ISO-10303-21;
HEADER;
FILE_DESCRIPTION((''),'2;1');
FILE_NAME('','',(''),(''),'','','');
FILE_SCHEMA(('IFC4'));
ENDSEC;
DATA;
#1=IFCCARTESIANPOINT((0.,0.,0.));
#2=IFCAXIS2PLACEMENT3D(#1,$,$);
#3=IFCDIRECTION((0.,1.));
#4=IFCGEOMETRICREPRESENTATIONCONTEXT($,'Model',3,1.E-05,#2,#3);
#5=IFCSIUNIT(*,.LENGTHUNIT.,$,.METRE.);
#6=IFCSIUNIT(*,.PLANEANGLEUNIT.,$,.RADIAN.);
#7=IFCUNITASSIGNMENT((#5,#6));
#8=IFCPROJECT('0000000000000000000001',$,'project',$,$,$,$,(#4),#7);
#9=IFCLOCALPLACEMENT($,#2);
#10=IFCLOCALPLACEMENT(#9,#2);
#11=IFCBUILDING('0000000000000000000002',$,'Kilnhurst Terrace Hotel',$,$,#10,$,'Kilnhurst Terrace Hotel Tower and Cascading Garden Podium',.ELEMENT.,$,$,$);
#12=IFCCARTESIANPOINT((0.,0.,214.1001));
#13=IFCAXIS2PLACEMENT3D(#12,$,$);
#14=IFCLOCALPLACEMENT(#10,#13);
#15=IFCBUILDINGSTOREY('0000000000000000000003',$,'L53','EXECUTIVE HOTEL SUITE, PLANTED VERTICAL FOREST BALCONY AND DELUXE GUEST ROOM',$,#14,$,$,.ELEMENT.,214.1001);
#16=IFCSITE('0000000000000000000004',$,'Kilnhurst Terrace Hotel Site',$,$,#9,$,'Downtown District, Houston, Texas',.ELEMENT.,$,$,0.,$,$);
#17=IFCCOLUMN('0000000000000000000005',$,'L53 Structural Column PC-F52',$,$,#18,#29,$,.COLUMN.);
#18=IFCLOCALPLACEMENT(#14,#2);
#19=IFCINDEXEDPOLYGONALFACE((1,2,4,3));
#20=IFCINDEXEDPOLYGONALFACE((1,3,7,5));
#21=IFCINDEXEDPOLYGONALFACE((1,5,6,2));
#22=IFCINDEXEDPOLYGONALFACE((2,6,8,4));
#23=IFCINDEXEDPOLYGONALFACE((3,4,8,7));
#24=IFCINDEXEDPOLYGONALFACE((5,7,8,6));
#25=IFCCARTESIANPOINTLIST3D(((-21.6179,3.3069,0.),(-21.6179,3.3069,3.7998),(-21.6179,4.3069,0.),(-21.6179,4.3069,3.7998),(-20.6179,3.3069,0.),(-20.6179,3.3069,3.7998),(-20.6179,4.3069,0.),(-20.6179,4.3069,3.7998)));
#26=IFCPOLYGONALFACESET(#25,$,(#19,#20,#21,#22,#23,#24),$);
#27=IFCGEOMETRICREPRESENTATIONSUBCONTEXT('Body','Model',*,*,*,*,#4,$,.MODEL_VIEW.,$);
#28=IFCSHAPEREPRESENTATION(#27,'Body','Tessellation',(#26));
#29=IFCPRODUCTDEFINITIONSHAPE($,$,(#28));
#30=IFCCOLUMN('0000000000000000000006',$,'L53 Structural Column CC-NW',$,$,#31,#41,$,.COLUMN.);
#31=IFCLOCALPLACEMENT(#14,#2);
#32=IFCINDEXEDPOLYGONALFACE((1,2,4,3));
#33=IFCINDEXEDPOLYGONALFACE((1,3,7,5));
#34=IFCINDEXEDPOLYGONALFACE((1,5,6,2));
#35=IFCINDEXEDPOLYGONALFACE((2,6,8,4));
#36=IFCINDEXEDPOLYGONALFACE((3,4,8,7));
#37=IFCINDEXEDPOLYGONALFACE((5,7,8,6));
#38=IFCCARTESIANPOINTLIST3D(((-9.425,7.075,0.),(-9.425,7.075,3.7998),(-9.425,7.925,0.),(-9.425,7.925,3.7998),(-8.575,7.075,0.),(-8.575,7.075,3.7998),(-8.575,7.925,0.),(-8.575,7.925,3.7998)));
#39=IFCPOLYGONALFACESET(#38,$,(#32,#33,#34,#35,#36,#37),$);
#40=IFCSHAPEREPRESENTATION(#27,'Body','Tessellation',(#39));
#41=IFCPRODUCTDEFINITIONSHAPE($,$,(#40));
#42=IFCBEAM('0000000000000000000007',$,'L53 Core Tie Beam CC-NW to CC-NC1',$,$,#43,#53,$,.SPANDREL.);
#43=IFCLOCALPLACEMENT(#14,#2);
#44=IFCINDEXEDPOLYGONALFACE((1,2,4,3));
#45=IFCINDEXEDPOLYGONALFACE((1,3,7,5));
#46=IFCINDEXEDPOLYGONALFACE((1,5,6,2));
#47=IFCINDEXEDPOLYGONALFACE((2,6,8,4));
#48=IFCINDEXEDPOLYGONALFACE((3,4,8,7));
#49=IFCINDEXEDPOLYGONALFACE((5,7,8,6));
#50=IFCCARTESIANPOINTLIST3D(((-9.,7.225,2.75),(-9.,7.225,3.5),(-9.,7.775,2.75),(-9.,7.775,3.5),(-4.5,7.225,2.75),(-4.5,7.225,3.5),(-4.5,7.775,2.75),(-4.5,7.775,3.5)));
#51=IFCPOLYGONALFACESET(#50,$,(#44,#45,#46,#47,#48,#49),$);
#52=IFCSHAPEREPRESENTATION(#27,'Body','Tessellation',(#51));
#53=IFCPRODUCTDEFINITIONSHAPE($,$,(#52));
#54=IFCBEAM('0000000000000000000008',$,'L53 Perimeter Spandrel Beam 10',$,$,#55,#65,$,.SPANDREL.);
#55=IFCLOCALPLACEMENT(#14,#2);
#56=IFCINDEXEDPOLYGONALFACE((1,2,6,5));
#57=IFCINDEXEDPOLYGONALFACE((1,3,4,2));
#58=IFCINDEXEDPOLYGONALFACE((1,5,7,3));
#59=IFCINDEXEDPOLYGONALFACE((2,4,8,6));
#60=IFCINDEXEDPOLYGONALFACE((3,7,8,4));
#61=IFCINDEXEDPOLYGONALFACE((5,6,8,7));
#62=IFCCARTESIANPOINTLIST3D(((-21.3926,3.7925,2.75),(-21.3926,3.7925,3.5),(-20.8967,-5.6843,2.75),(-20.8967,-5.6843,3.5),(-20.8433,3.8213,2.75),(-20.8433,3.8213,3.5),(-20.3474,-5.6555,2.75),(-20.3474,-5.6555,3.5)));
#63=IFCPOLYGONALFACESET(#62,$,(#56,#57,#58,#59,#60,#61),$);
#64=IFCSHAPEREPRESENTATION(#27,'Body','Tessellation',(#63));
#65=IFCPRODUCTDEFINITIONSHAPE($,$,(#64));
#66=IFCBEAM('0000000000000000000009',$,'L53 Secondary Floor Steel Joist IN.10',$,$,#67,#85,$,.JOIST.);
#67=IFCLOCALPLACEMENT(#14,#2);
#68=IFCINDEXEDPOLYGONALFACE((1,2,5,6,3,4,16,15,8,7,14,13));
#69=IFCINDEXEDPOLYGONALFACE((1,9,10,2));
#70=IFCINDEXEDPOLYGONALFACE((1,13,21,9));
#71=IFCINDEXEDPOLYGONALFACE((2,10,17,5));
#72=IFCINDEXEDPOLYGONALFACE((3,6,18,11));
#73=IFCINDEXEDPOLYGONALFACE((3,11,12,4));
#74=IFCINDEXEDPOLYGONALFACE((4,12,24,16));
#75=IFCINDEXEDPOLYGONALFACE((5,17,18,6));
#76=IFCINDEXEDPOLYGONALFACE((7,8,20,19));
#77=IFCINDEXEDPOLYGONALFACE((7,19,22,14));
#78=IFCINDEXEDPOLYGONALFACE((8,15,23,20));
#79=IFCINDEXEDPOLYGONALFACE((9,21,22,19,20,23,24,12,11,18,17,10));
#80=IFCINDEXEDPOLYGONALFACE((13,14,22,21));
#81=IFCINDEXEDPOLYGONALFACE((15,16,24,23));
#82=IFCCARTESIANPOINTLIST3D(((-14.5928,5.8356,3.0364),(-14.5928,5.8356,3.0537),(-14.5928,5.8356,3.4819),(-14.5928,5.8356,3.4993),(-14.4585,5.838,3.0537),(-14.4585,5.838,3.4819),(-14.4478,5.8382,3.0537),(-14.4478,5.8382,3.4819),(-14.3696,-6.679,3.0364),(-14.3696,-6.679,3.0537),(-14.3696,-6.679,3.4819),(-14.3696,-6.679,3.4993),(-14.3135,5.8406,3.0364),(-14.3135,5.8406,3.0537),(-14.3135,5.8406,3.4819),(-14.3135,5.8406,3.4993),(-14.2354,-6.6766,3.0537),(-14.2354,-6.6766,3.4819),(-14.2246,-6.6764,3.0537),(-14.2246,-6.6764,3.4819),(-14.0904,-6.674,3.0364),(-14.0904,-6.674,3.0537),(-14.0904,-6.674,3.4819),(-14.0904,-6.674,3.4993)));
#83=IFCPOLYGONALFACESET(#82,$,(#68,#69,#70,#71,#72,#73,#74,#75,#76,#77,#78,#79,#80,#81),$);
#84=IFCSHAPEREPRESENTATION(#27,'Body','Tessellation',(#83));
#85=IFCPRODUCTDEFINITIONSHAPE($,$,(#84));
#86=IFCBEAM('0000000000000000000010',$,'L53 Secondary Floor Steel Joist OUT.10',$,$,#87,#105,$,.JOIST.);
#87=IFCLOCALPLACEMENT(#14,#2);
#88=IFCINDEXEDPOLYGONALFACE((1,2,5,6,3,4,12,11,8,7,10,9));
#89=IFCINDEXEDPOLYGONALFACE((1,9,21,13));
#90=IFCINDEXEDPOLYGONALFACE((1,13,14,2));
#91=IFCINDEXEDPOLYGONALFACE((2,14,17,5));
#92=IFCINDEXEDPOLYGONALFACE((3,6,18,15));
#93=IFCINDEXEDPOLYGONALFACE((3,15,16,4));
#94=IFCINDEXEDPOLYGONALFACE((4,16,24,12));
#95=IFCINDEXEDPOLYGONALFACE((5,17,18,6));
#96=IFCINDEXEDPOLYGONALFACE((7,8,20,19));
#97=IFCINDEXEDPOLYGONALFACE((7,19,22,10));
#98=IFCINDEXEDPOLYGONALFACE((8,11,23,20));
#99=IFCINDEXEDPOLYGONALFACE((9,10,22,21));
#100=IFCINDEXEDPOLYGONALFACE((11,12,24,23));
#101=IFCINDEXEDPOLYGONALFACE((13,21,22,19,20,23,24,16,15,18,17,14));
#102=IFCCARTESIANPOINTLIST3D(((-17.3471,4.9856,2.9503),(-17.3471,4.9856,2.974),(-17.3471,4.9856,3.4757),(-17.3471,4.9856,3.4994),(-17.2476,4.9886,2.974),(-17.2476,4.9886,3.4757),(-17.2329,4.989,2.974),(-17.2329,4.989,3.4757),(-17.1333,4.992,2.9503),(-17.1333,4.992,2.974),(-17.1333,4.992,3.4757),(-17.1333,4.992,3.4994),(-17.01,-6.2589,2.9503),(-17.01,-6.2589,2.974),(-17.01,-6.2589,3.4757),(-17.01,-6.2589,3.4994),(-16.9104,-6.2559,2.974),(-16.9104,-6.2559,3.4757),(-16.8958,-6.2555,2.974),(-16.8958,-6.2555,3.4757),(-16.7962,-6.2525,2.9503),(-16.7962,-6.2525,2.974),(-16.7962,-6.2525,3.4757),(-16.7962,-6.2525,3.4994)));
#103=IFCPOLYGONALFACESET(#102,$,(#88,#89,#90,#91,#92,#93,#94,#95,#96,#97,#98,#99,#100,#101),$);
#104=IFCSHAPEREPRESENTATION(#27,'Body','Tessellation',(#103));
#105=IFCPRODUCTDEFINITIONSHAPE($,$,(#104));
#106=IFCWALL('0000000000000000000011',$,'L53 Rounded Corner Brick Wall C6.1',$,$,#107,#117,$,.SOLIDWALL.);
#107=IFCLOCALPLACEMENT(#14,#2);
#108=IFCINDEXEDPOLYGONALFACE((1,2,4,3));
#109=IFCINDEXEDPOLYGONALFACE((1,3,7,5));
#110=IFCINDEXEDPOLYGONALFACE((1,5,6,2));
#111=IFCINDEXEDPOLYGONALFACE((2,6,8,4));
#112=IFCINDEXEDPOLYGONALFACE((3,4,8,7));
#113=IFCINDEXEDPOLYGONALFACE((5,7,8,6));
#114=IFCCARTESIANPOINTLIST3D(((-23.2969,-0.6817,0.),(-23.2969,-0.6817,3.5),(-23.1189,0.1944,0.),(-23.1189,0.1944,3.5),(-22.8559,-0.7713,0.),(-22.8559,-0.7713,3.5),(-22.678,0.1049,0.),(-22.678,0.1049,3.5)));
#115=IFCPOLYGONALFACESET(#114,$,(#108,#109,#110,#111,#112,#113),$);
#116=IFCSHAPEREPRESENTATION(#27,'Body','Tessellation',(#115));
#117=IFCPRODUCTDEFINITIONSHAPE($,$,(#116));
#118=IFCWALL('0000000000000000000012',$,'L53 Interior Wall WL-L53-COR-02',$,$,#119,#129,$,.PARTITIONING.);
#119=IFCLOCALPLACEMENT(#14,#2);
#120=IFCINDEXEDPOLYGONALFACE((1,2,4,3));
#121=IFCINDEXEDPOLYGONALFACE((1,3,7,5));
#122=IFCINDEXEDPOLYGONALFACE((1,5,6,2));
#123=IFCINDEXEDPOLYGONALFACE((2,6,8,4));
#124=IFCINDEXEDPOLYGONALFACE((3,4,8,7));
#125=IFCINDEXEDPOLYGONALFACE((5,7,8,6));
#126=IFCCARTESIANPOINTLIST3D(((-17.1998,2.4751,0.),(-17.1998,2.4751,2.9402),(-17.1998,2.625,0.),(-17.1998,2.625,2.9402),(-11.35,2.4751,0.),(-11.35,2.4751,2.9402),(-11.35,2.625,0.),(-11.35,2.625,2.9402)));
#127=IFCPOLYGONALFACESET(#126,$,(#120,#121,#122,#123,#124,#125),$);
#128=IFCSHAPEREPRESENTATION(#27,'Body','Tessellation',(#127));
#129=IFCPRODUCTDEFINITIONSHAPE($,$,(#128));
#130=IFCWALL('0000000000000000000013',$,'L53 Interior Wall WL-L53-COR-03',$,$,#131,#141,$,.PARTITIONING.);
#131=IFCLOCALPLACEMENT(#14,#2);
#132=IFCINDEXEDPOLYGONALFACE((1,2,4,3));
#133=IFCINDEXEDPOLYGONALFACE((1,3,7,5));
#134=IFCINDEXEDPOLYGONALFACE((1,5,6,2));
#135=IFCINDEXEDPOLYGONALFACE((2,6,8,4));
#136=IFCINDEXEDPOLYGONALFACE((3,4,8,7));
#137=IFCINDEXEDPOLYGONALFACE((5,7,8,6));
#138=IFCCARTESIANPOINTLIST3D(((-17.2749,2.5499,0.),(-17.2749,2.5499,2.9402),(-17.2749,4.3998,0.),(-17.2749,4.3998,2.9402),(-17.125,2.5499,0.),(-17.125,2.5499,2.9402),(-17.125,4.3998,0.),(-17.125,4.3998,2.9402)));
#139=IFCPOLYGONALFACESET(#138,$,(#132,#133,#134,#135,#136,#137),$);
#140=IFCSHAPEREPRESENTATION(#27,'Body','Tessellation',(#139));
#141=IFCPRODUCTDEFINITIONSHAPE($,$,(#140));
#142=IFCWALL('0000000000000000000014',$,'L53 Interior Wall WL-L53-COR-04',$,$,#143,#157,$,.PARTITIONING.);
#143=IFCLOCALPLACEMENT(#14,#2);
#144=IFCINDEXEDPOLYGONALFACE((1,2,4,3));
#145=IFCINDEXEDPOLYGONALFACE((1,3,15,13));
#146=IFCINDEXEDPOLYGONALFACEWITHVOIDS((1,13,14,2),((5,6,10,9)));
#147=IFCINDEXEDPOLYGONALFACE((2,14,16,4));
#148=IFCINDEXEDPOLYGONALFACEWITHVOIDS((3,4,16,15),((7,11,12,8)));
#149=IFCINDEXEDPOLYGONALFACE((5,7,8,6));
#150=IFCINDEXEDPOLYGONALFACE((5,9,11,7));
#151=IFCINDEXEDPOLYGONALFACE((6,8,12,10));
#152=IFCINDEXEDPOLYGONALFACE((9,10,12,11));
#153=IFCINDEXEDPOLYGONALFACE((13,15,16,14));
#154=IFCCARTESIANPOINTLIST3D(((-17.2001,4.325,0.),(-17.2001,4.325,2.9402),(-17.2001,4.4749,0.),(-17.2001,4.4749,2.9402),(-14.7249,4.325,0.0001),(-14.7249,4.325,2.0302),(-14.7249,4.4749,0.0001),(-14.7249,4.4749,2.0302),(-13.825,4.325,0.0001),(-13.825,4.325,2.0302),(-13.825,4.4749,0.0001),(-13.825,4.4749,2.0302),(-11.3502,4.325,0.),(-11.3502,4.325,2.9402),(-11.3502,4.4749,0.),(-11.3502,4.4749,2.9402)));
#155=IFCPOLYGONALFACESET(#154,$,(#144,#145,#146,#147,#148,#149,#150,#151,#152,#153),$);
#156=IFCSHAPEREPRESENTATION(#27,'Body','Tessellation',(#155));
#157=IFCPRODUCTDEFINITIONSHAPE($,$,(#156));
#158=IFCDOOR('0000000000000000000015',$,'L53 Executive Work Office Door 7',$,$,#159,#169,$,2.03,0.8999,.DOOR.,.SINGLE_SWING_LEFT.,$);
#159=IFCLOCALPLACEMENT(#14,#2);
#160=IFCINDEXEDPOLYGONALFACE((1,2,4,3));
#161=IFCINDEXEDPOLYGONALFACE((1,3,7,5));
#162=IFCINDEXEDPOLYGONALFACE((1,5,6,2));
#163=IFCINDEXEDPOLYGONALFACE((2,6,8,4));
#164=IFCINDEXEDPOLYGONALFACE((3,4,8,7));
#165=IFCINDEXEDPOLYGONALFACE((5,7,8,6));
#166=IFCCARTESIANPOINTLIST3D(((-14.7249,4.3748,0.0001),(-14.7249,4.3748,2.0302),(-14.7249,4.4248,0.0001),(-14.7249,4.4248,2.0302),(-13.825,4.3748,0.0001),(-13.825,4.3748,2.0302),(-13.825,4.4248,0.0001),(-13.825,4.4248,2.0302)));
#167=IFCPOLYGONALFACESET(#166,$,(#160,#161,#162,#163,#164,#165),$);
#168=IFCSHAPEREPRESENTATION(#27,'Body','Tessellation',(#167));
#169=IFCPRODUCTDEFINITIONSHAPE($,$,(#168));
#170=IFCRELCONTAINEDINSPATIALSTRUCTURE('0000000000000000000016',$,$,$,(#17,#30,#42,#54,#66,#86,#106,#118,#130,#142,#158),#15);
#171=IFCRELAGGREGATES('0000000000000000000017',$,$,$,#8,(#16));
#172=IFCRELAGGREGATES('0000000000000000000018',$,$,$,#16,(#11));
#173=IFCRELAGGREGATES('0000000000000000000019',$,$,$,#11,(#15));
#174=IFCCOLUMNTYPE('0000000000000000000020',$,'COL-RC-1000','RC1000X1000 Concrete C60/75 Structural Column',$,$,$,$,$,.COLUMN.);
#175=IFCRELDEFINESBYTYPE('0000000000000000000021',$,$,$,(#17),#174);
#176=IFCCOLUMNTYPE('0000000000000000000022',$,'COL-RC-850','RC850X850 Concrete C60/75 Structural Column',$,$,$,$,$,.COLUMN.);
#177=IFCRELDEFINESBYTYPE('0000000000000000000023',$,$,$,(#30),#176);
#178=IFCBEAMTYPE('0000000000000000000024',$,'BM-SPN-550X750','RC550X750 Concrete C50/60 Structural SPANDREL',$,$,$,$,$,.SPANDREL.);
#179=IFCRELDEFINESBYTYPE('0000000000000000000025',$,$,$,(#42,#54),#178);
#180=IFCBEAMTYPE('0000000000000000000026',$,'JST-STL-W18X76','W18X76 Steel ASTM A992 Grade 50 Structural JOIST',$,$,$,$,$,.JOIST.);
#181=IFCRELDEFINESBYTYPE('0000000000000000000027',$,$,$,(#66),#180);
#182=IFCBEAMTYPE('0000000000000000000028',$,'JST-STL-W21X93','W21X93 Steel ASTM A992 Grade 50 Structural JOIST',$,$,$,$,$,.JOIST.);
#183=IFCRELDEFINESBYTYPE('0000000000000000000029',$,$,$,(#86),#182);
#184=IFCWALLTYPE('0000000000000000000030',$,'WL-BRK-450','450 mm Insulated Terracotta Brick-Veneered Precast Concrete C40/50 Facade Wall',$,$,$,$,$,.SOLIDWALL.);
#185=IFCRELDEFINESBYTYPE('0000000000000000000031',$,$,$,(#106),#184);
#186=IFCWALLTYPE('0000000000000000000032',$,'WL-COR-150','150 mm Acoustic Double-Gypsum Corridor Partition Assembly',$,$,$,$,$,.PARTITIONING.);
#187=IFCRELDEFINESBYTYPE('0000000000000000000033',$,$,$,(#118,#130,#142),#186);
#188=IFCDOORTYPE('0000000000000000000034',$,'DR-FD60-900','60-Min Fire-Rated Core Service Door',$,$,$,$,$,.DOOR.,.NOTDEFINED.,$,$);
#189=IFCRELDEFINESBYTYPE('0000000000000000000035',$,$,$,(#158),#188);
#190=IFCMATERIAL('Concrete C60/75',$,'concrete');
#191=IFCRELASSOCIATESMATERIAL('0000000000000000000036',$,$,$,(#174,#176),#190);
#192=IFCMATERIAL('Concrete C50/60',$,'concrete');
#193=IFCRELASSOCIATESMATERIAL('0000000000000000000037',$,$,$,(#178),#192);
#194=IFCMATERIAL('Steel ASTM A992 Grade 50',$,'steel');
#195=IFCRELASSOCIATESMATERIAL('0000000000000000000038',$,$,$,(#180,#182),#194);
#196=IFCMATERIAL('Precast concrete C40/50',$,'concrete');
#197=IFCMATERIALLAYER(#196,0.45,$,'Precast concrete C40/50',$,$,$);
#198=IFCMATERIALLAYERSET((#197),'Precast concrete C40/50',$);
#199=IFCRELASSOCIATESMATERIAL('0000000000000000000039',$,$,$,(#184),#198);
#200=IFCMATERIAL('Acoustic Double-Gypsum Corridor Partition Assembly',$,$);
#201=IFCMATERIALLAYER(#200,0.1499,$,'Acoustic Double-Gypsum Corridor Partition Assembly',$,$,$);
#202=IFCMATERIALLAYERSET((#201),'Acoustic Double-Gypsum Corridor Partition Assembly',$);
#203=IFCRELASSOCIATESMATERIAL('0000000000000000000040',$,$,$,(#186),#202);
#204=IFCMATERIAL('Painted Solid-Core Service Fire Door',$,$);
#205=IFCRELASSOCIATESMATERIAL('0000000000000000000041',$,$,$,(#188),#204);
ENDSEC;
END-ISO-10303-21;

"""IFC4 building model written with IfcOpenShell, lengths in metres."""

from ifc_helpers import new_model, si_unit, direction, frame, frame_2d, origin, origin_2d, place, context, subcontext, project, spatial, rectangle, i_section, extrude, material, layer, layer_set, material_profile, profile_set, type_object, element, fill, save


model = new_model("IFC4")

# Units and contexts
model_context = context("Model", 3, precision=1e-05, world=origin(), true_north=direction((0.0, 1.0)))
body_context = subcontext(model_context, "Body", "Model", "MODEL_VIEW")
ifc_project = project(units=[si_unit("LENGTHUNIT", "METRE"), si_unit("PLANEANGLEUNIT", "RADIAN")], contexts=[model_context])

# Site, building, storey
site_placement = place(None, origin())
site = spatial("IfcSite", under=ifc_project, at=site_placement, Name="Kilnhurst Terrace Hotel Site", LongName="Downtown District, Houston, Texas", CompositionType="ELEMENT", RefElevation=0.0)
building_placement = place(site_placement, origin())
building = spatial("IfcBuilding", under=site, at=building_placement, Name="Kilnhurst Terrace Hotel", LongName="Kilnhurst Terrace Hotel Tower and Cascading Garden Podium", CompositionType="ELEMENT")
storey_placement = place(building_placement, frame((0.0, 0.0, 214.1001)))
storey = spatial("IfcBuildingStorey", under=building, at=storey_placement, Name="L53", Description="EXECUTIVE HOTEL SUITE, PLANTED VERTICAL FOREST BALCONY AND DELUXE GUEST ROOM", CompositionType="ELEMENT", Elevation=214.1001)

# Columns
ifc_material_1 = material(Name="Concrete C60/75", Category="concrete")
ifc_material_profile_1 = material_profile(ifc_material_1, rectangle(XDim=1.0, YDim=1.0, at=origin_2d()), Name="RC1000X1000")
ifc_profile_set_1 = profile_set([ifc_material_profile_1], Name="Concrete C60/75")
column_type_1 = type_object("IfcColumnType", Name="COL-RC-1000", Description="RC1000X1000 Concrete C60/75 Structural Column", PredefinedType="COLUMN", material=ifc_profile_set_1)
column_1_placement = place(storey_placement, frame((-21.1179, 3.8069, 0.0), z_axis=(0.0, 0.0, 1.0), x_axis=(1.0, 0.0, 0.0)))
element("IfcColumn", 1, at=column_1_placement, inside=storey, type_object=column_type_1, Name="L53 Structural Column PC-F52", PredefinedType="COLUMN", context=body_context, shape_type="SweptSolid", body=[
    extrude(rectangle(XDim=1.0, YDim=1.0, at=origin_2d()), origin(), (0.0, 0.0, 1.0), 3.7998),
])
ifc_material_profile_2 = material_profile(ifc_material_1, rectangle(XDim=0.8501, YDim=0.8501, at=origin_2d()), Name="RC850X850")
ifc_profile_set_2 = profile_set([ifc_material_profile_2], Name="Concrete C60/75")
column_type_2 = type_object("IfcColumnType", Name="COL-RC-850", Description="RC850X850 Concrete C60/75 Structural Column", PredefinedType="COLUMN", material=ifc_profile_set_2)
column_2_placement = place(storey_placement, frame((-9.0, 7.5, 0.0), z_axis=(0.0, 0.0, 1.0), x_axis=(1.0, 0.0, 0.0)))
element("IfcColumn", 2, at=column_2_placement, inside=storey, type_object=column_type_2, Name="L53 Structural Column CC-NW", PredefinedType="COLUMN", context=body_context, shape_type="SweptSolid", body=[
    extrude(rectangle(XDim=0.8501, YDim=0.8501, at=origin_2d()), origin(), (0.0, 0.0, 1.0), 3.7998),
])

# Beams
ifc_material_2 = material(Name="Concrete C50/60", Category="concrete")
ifc_material_profile_3 = material_profile(ifc_material_2, rectangle(XDim=0.55, YDim=0.75, at=origin_2d()), Name="RC550X750")
ifc_profile_set_3 = profile_set([ifc_material_profile_3], Name="Concrete C50/60")
beam_type_1 = type_object("IfcBeamType", Name="BM-SPN-550X750", Description="RC550X750 Concrete C50/60 Structural SPANDREL", PredefinedType="SPANDREL", material=ifc_profile_set_3)
beam_1_placement = place(storey_placement, frame((-9.0, 7.5, 3.125), z_axis=(1.0, 0.0, 0.0), x_axis=(0.0, 1.0, 0.0)))
element("IfcBeam", 3, at=beam_1_placement, inside=storey, type_object=beam_type_1, Name="L53 Core Tie Beam CC-NW to CC-NC1", PredefinedType="SPANDREL", context=body_context, shape_type="SweptSolid", body=[
    extrude(rectangle(XDim=0.55, YDim=0.75, at=origin_2d()), origin(), (0.0, 0.0, 1.0), 4.5),
])
beam_2_placement = place(storey_placement, frame((-21.1179, 3.8069, 3.125), z_axis=(0.052251, -0.998634, 0.0), x_axis=(0.998634, 0.052251, 0.0)))
element("IfcBeam", 4, at=beam_2_placement, inside=storey, type_object=beam_type_1, Name="L53 Perimeter Spandrel Beam 10", PredefinedType="SPANDREL", context=body_context, shape_type="SweptSolid", body=[
    extrude(rectangle(XDim=0.55, YDim=0.75, at=origin_2d()), origin(), (0.0, 0.0, 1.0), 9.4897),
])
ifc_material_3 = material(Name="Steel ASTM A992 Grade 50", Category="steel")
ifc_material_profile_4 = material_profile(ifc_material_3, i_section(OverallWidth=0.2793, OverallDepth=0.4629, WebThickness=0.0107, FlangeThickness=0.0173, at=origin_2d()), Name="W18X76")
ifc_profile_set_4 = profile_set([ifc_material_profile_4], Name="Steel ASTM A992 Grade 50")
beam_type_2 = type_object("IfcBeamType", Name="JST-STL-W18X76", Description="W18X76 Steel ASTM A992 Grade 50 Structural JOIST", PredefinedType="JOIST", material=ifc_profile_set_4)
beam_3_placement = place(storey_placement, frame((-14.4531, 5.8381, 3.2678), z_axis=(0.017828, -0.999841, 0.0), x_axis=(0.999841, 0.017828, 0.0)))
element("IfcBeam", 5, at=beam_3_placement, inside=storey, type_object=beam_type_2, Name="L53 Secondary Floor Steel Joist IN.10", PredefinedType="JOIST", context=body_context, shape_type="SweptSolid", body=[
    extrude(i_section(OverallWidth=0.2793, OverallDepth=0.4629, WebThickness=0.0107, FlangeThickness=0.0173, at=origin_2d()), origin(), (0.0, 0.0, 1.0), 12.5166),
])
ifc_material_profile_5 = material_profile(ifc_material_3, i_section(OverallWidth=0.2139, OverallDepth=0.5491, WebThickness=0.0146, FlangeThickness=0.0237, at=origin_2d()), Name="W21X93")
ifc_profile_set_5 = profile_set([ifc_material_profile_5], Name="Steel ASTM A992 Grade 50")
beam_type_3 = type_object("IfcBeamType", Name="JST-STL-W21X93", Description="W21X93 Steel ASTM A992 Grade 50 Structural JOIST", PredefinedType="JOIST", material=ifc_profile_set_5)
beam_4_placement = place(storey_placement, frame((-17.2402, 4.9888, 3.2249), z_axis=(0.029971, -0.999551, 0.0), x_axis=(0.999551, 0.029971, 0.0)))
element("IfcBeam", 6, at=beam_4_placement, inside=storey, type_object=beam_type_3, Name="L53 Secondary Floor Steel Joist OUT.10", PredefinedType="JOIST", context=body_context, shape_type="SweptSolid", body=[
    extrude(i_section(OverallWidth=0.2139, OverallDepth=0.5491, WebThickness=0.0146, FlangeThickness=0.0237, at=origin_2d()), origin(), (0.0, 0.0, 1.0), 11.2495),
])

# Walls
ifc_material_4 = material(Name="Precast concrete C40/50", Category="concrete")
ifc_layer_1 = layer(ifc_material_4, 0.45, Name="Precast concrete C40/50")
ifc_layer_set_1 = layer_set([ifc_layer_1], Name="Precast concrete C40/50")
wall_type_1 = type_object("IfcWallType", Name="WL-BRK-450", Description="450 mm Insulated Terracotta Brick-Veneered Precast Concrete C40/50 Facade Wall", PredefinedType="SOLIDWALL", material=ifc_layer_set_1)
wall_1_placement = place(storey_placement, frame((-22.8984, 0.1497, 0.0), z_axis=(0.0, 0.0, 1.0), x_axis=(-0.199056, -0.979988, 0.0)))
element("IfcWall", 7, at=wall_1_placement, inside=storey, type_object=wall_type_1, Name="L53 Rounded Corner Brick Wall C6.1", PredefinedType="SOLIDWALL", context=body_context, shape_type="SweptSolid", body=[
    extrude(rectangle(XDim=0.894, YDim=0.45, at=frame_2d((0.447, 0.0))), origin(), (0.0, 0.0, 1.0), 3.5),
])
ifc_material_5 = material(Name="Acoustic Double-Gypsum Corridor Partition Assembly")
ifc_layer_2 = layer(ifc_material_5, 0.1499, Name="Acoustic Double-Gypsum Corridor Partition Assembly")
ifc_layer_set_2 = layer_set([ifc_layer_2], Name="Acoustic Double-Gypsum Corridor Partition Assembly")
wall_type_2 = type_object("IfcWallType", Name="WL-COR-150", Description="150 mm Acoustic Double-Gypsum Corridor Partition Assembly", PredefinedType="PARTITIONING", material=ifc_layer_set_2)
wall_2_placement = place(storey_placement, frame((-11.3501, 2.55, 0.0), z_axis=(0.0, 0.0, 1.0), x_axis=(-1.0, 0.0, 0.0)))
element("IfcWall", 8, at=wall_2_placement, inside=storey, type_object=wall_type_2, Name="L53 Interior Wall WL-L53-COR-02", PredefinedType="PARTITIONING", context=body_context, shape_type="SweptSolid", body=[
    extrude(rectangle(XDim=5.8499, YDim=0.1499, at=frame_2d((2.9248, 0.0))), origin(), (0.0, 0.0, 1.0), 2.9402),
])
wall_3_placement = place(storey_placement, frame((-17.2, 2.55, 0.0), z_axis=(0.0, 0.0, 1.0), x_axis=(0.0, 1.0, 0.0)))
element("IfcWall", 9, at=wall_3_placement, inside=storey, type_object=wall_type_2, Name="L53 Interior Wall WL-L53-COR-03", PredefinedType="PARTITIONING", context=body_context, shape_type="SweptSolid", body=[
    extrude(rectangle(XDim=1.8499, YDim=0.1499, at=frame_2d((0.9248, 0.0))), origin(), (0.0, 0.0, 1.0), 2.9402),
])

# Wall, opening, door
wall_4_placement = place(storey_placement, frame((-17.2, 4.3999, 0.0), z_axis=(0.0, 0.0, 1.0), x_axis=(1.0, 0.0, 0.0)))
wall_4 = element("IfcWall", 10, at=wall_4_placement, inside=storey, type_object=wall_type_2, Name="L53 Interior Wall WL-L53-COR-04", PredefinedType="PARTITIONING", context=body_context, shape_type="SweptSolid", body=[
    extrude(rectangle(XDim=5.8499, YDim=0.1499, at=frame_2d((2.9248, 0.0))), origin(), (0.0, 0.0, 1.0), 2.9402),
])
opening_1_placement = place(wall_4_placement, frame((2.4751, 0.0, 0.0)))
opening_1 = element("IfcOpeningElement", 11, at=opening_1_placement, cuts=wall_4, PredefinedType="OPENING", context=body_context, shape_type="SweptSolid", body=[
    extrude(rectangle(XDim=0.8999, YDim=2.03, at=frame_2d((0.45, 1.0151))), frame((0.0, 0.085, 0.0), z_axis=(0.0, -1.0, 0.0), x_axis=(1.0, 0.0, 0.0)), (0.0, 0.0, 1.0), 0.1699),
])
ifc_material_6 = material(Name="Painted Solid-Core Service Fire Door")
door_type_1 = type_object("IfcDoorType", Name="DR-FD60-900", Description="60-Min Fire-Rated Core Service Door", OperationType="NOTDEFINED", PredefinedType="DOOR", material=ifc_material_6)
door_1_placement = place(opening_1_placement, origin())
door_1 = element("IfcDoor", 12, at=door_1_placement, inside=storey, type_object=door_type_1, Name="L53 Executive Work Office Door 7", OperationType="SINGLE_SWING_LEFT", OverallHeight=2.03, OverallWidth=0.8999, PredefinedType="DOOR", context=body_context, shape_type="SweptSolid", body=[
    extrude(rectangle(XDim=0.8999, YDim=2.03, at=frame_2d((0.45, 1.0151))), frame((0.0, 0.0249, 0.0), z_axis=(0.0, -1.0, 0.0), x_axis=(1.0, 0.0, 0.0)), (0.0, 0.0, 1.0), 0.05),
])
fill(opening_1, door_1)

save(model, "model.ifc")
